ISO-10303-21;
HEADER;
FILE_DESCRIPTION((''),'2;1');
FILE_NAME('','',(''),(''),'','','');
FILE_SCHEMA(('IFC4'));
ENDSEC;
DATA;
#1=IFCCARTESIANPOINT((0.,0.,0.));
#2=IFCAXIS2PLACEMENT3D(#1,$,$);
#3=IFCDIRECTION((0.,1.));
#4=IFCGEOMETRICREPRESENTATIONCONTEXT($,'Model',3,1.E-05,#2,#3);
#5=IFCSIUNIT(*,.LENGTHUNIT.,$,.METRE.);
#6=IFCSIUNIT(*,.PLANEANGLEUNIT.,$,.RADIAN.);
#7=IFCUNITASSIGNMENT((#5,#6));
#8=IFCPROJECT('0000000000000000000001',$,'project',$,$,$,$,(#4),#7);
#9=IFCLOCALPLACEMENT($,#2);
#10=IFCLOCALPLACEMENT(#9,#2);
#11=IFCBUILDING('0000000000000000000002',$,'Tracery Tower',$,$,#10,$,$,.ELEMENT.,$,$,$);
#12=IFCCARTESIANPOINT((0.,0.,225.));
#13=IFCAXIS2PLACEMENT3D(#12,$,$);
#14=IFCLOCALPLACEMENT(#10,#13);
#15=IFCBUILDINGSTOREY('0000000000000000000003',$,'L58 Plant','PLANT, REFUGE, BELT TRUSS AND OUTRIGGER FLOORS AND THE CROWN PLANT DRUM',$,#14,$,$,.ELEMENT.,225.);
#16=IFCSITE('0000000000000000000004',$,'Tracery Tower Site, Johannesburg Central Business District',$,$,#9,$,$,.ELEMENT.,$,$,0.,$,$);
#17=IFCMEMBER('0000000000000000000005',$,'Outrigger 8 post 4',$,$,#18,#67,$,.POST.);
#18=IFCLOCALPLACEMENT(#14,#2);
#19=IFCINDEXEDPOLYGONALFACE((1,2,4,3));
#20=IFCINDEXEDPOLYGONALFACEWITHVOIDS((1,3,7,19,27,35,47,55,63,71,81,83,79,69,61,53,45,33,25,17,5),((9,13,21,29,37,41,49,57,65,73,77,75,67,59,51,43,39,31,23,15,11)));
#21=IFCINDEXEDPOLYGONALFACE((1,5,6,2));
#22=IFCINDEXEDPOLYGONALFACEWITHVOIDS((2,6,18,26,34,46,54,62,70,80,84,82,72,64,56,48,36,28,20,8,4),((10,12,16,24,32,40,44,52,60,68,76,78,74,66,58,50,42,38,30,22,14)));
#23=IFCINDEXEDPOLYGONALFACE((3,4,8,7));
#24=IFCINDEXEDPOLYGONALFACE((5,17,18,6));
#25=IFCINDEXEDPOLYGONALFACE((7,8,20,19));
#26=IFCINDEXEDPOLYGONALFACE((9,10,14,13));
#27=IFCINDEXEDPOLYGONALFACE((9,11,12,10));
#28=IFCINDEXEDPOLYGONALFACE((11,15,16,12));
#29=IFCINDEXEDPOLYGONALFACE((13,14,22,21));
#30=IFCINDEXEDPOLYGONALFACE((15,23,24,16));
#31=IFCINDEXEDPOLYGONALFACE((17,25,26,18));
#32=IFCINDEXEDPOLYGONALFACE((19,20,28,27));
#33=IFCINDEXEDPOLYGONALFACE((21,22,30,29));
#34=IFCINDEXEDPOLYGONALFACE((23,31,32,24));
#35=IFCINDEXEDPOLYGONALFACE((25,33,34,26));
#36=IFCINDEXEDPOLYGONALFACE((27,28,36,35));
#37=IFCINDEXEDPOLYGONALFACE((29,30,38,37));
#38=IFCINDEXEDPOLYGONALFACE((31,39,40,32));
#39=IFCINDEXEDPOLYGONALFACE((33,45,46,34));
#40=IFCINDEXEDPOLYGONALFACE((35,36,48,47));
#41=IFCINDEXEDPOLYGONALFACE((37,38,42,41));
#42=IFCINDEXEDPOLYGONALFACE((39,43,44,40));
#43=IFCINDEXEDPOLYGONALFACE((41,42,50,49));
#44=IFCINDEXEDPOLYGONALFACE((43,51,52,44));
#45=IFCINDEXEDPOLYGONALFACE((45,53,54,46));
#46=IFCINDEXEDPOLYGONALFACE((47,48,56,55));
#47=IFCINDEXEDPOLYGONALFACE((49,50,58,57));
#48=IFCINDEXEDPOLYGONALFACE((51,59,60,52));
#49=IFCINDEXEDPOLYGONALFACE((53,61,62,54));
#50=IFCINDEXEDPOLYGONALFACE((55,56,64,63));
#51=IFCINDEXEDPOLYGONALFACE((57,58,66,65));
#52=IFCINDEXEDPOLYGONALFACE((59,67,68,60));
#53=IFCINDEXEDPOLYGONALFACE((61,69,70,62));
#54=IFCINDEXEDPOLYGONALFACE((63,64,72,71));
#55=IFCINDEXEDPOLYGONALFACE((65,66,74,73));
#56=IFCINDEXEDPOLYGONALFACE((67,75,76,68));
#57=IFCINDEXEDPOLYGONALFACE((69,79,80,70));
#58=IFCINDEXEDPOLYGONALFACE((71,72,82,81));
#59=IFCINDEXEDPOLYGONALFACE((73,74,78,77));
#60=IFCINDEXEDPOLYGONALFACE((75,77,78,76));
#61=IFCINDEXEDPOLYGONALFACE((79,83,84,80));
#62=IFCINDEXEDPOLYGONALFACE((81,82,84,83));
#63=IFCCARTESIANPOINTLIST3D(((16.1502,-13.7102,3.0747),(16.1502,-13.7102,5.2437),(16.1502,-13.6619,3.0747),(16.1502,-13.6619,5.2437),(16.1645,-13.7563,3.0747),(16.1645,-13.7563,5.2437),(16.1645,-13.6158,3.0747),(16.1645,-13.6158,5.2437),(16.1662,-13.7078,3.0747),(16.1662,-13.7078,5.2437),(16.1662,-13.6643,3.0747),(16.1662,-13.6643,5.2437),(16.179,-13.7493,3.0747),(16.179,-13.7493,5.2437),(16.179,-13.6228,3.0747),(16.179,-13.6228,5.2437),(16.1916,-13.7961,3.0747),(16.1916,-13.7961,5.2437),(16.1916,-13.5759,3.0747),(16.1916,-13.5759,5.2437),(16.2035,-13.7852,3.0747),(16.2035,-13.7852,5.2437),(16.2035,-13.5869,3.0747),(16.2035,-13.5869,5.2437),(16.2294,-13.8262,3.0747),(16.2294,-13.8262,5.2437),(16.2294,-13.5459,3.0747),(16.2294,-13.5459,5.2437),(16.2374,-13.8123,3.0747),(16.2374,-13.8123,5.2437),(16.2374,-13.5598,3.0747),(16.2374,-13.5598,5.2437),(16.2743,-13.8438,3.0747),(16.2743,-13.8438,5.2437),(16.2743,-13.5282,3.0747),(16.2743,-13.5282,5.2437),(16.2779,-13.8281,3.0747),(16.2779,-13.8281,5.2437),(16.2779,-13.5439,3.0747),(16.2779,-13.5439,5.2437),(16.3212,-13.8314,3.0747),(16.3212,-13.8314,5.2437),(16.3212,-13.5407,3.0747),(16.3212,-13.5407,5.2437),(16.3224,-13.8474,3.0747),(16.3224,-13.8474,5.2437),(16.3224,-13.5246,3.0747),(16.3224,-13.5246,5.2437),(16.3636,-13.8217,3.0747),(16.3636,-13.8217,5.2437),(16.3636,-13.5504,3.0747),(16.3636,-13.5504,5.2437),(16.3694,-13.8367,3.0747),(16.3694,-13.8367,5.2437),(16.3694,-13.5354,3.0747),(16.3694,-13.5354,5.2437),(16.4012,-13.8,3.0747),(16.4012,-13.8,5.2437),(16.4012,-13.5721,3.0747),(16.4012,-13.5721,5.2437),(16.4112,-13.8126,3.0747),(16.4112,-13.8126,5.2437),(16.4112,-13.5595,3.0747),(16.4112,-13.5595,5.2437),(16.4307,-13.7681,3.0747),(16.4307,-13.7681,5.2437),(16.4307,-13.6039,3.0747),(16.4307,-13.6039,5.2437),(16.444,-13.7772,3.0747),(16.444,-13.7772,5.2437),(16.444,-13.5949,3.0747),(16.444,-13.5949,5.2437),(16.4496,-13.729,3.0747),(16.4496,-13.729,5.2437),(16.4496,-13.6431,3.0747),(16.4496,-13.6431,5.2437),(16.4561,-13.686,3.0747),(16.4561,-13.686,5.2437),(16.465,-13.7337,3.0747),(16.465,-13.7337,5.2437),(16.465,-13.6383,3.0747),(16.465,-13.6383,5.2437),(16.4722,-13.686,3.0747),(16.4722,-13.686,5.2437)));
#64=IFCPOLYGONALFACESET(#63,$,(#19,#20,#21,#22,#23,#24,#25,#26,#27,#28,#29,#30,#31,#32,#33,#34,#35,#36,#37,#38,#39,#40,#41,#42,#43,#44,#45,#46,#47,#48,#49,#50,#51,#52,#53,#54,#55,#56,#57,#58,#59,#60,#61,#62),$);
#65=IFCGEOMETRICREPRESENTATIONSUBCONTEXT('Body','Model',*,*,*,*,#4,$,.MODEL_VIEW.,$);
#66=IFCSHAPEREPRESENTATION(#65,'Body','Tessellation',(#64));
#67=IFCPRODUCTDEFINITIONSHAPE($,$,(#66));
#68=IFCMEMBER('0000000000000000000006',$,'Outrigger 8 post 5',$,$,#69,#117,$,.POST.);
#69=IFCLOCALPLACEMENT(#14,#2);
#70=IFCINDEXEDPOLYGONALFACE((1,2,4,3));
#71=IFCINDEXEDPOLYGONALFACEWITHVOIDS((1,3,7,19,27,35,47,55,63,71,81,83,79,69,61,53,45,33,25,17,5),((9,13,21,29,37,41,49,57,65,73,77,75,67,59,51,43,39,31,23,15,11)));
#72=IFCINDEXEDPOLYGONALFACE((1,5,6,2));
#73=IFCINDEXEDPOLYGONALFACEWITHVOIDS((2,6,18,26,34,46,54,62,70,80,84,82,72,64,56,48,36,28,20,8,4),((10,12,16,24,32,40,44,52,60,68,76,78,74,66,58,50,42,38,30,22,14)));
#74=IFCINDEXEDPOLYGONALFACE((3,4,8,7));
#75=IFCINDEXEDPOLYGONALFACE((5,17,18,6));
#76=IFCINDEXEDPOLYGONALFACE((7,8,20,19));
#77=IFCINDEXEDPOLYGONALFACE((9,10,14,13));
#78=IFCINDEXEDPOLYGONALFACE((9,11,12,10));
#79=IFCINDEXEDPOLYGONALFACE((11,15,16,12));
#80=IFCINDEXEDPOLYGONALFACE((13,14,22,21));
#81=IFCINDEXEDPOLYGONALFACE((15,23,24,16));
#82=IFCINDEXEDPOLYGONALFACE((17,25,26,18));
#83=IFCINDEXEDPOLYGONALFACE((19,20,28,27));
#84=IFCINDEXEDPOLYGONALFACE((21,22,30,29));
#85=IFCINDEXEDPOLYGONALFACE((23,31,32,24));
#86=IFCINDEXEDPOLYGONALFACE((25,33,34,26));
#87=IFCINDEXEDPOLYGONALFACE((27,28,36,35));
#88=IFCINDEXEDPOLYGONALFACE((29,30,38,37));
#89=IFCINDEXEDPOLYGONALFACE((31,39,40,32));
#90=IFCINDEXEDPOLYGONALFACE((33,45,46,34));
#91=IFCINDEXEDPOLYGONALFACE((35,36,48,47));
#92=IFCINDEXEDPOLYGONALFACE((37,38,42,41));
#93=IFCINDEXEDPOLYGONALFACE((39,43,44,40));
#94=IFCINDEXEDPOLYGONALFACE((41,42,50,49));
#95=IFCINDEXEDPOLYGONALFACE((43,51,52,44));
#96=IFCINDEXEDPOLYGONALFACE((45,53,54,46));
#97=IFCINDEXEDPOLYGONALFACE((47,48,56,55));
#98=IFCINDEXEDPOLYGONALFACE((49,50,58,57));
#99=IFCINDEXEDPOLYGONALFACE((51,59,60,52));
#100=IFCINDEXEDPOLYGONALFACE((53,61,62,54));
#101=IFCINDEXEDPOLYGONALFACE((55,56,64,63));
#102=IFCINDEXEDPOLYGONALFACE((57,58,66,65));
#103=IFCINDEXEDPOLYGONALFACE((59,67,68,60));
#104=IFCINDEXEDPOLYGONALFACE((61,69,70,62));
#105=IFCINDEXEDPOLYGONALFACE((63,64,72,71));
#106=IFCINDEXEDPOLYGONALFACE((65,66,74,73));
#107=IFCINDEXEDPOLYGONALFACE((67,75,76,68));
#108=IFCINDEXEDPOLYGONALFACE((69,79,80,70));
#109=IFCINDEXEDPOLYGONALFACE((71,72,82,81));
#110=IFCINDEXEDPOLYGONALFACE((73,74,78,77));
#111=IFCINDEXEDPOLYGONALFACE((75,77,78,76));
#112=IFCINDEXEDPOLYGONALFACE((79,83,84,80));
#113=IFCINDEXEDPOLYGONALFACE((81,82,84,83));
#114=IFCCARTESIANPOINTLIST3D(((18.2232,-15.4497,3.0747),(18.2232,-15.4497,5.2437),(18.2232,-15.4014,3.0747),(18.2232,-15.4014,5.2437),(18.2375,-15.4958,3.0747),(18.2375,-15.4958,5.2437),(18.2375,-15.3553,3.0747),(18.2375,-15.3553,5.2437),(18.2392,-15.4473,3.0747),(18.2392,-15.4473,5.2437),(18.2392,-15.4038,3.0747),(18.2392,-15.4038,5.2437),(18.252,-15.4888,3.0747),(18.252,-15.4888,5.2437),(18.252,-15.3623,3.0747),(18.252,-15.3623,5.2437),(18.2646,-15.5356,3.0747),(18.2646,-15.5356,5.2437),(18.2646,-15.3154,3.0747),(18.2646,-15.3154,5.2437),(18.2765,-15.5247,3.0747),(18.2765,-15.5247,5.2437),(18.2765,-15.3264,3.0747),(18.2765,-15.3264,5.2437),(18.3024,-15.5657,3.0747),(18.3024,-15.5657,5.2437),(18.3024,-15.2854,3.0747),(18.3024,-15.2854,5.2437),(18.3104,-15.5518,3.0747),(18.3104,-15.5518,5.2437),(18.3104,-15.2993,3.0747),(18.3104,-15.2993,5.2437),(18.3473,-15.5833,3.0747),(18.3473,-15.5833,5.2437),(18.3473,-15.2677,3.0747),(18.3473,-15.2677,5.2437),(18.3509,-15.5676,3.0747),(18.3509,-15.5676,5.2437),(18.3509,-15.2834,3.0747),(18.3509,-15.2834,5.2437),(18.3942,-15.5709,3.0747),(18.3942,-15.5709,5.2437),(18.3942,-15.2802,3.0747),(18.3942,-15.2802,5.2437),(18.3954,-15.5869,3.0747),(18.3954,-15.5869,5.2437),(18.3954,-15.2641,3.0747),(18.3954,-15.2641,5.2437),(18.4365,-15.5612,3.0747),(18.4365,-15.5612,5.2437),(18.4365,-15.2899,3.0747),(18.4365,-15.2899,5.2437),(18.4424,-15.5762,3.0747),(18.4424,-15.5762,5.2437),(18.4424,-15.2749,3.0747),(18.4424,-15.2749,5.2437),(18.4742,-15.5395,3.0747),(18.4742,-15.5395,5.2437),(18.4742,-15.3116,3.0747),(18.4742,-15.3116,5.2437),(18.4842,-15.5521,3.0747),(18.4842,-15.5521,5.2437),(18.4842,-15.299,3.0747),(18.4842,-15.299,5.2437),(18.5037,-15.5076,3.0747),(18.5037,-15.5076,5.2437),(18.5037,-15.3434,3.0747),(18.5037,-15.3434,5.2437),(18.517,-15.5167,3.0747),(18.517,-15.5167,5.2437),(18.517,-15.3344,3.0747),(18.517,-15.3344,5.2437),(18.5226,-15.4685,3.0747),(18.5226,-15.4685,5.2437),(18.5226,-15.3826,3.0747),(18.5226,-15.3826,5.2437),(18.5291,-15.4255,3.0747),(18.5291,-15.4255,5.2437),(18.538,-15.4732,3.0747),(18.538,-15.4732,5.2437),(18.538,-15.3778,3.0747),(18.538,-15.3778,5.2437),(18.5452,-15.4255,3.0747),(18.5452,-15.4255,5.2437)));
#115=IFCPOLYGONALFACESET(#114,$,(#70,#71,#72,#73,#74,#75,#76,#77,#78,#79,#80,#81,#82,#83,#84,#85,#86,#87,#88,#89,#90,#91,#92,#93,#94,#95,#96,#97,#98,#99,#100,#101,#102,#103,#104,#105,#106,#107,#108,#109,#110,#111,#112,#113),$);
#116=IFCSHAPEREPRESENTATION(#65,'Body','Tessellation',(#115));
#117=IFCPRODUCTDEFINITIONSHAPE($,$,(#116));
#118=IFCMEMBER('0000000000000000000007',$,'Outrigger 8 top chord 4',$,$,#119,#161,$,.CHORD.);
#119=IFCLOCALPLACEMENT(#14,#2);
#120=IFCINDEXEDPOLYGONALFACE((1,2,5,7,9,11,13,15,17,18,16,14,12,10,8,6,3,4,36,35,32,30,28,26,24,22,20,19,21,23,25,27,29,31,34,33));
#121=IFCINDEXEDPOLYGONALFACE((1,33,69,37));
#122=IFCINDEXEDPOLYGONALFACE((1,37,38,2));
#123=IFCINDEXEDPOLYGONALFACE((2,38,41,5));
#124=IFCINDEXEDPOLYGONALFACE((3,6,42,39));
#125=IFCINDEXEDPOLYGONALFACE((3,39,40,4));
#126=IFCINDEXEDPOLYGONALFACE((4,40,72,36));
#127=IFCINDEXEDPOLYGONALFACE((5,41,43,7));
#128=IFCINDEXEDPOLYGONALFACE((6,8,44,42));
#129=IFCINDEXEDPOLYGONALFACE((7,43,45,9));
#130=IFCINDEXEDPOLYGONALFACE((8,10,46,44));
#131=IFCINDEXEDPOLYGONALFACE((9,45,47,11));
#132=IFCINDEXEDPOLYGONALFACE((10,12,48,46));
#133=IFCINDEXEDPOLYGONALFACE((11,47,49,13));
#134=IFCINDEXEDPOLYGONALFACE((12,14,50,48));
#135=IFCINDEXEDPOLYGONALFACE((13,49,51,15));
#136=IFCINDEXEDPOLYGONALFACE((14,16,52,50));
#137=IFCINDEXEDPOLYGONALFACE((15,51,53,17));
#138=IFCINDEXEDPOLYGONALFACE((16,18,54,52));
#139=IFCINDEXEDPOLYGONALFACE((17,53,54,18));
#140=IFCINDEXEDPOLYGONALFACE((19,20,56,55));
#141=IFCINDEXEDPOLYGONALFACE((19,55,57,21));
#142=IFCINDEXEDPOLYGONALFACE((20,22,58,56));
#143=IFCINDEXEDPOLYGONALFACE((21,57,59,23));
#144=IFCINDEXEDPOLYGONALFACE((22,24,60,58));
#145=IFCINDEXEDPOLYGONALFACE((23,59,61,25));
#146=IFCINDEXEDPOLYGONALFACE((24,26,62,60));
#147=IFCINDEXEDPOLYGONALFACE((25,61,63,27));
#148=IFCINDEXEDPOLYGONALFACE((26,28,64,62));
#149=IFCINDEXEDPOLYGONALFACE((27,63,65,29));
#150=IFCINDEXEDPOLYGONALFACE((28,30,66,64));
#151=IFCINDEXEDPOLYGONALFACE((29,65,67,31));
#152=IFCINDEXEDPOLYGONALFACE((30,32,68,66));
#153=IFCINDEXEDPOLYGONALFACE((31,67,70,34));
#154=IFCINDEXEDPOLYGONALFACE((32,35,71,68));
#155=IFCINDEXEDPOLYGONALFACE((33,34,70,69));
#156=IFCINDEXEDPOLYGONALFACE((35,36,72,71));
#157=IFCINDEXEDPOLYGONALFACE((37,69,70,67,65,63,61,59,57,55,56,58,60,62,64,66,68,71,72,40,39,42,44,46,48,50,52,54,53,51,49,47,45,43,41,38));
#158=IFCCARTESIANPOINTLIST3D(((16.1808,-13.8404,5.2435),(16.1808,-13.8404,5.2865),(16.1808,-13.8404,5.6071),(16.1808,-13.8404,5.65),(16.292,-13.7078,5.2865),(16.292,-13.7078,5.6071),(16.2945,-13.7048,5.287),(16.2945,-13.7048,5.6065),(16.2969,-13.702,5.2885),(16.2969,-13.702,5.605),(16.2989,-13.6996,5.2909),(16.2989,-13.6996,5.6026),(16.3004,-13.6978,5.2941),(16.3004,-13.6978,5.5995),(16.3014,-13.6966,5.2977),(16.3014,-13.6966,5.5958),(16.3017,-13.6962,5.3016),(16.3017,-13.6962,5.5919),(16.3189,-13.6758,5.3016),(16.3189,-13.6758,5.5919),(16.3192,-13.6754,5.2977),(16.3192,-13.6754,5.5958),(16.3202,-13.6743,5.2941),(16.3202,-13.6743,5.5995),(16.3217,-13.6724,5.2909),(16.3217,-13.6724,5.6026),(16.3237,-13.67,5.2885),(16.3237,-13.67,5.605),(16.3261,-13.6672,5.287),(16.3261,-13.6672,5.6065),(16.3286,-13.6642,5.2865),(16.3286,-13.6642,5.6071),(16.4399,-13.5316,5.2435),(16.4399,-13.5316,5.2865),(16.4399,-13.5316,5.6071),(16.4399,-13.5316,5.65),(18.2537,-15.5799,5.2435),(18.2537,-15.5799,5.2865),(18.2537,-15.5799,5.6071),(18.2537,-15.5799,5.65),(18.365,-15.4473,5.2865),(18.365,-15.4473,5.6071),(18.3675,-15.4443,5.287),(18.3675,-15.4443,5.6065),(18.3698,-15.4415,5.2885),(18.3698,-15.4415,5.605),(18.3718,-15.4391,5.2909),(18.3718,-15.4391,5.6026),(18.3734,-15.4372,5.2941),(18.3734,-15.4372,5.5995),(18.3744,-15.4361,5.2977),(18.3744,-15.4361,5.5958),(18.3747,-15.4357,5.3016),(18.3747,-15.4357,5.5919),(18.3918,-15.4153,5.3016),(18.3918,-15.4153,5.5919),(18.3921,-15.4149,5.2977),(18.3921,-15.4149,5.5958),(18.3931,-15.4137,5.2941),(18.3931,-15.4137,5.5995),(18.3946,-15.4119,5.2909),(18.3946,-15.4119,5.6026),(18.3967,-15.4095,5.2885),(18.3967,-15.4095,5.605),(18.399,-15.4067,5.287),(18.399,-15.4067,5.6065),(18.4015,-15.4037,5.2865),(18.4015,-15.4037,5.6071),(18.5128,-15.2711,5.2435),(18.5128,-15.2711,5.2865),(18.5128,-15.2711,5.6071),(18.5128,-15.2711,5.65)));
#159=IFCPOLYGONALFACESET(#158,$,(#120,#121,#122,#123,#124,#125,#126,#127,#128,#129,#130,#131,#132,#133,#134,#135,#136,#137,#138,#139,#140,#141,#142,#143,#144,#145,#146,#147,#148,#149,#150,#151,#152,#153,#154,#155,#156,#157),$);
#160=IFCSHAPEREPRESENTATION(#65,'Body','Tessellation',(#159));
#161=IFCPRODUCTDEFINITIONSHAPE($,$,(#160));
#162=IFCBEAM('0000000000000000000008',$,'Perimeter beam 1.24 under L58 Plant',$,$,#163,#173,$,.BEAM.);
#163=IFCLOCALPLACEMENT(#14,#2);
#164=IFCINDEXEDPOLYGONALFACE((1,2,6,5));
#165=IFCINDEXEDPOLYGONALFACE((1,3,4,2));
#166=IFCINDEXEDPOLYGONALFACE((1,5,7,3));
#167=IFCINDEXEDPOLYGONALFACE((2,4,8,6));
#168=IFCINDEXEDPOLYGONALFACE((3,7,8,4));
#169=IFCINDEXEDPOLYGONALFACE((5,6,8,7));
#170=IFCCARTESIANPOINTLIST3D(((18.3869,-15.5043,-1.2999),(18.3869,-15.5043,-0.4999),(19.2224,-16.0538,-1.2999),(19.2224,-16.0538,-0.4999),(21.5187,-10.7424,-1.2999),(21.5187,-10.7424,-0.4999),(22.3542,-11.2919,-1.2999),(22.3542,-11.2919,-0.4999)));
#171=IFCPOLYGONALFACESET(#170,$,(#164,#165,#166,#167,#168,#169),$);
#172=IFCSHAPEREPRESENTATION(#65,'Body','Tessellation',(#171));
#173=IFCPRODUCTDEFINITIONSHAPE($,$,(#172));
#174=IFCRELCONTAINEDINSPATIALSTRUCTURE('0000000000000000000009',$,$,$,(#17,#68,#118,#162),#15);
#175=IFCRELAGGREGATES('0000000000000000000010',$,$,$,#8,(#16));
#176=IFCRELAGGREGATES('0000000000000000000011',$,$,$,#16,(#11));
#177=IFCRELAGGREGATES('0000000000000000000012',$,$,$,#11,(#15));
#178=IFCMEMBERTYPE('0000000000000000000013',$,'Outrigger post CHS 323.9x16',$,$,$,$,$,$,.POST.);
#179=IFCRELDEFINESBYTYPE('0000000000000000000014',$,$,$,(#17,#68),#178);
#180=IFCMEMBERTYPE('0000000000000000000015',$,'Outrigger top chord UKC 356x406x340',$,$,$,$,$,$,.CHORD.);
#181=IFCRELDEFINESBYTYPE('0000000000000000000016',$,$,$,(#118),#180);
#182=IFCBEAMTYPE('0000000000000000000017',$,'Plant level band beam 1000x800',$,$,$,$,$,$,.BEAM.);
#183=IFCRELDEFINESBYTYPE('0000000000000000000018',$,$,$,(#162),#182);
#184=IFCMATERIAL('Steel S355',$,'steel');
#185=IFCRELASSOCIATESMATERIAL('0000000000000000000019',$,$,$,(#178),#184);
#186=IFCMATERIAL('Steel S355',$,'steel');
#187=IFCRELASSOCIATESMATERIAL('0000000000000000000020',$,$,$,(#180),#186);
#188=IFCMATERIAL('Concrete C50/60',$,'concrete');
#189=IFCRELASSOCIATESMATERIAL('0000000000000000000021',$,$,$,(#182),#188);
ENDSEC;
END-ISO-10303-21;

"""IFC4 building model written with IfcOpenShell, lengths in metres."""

from ifc_helpers import new_model, si_unit, direction, frame, origin, origin_2d, place, context, subcontext, project, spatial, rectangle, hollow_circle, i_section, extrude, material, material_profile, profile_set, type_object, element, save


model = new_model("IFC4")

# Units and contexts
model_context = context("Model", 3, precision=1e-05, world=origin(), true_north=direction((0.0, 1.0)))
body_context = subcontext(model_context, "Body", "Model", "MODEL_VIEW")
ifc_project = project(units=[si_unit("LENGTHUNIT", "METRE"), si_unit("PLANEANGLEUNIT", "RADIAN")], contexts=[model_context])

# Site, building, storey
site_placement = place(None, origin())
site = spatial("IfcSite", under=ifc_project, at=site_placement, Name="Tracery Tower Site, Johannesburg Central Business District", CompositionType="ELEMENT", RefElevation=0.0)
building_placement = place(site_placement, origin())
building = spatial("IfcBuilding", under=site, at=building_placement, Name="Tracery Tower", CompositionType="ELEMENT")
storey_placement = place(building_placement, frame((0.0, 0.0, 225.0)))
storey = spatial("IfcBuildingStorey", under=building, at=storey_placement, Name="L58 Plant", Description="PLANT, REFUGE, BELT TRUSS AND OUTRIGGER FLOORS AND THE CROWN PLANT DRUM", CompositionType="ELEMENT", Elevation=225.0)

# Members
ifc_material_1 = material(Name="Steel S355", Category="steel")
ifc_material_profile_1 = material_profile(ifc_material_1, hollow_circle(Radius=0.1619, WallThickness=0.0161, at=origin_2d()), Name="CHS 323.9x16")
ifc_profile_set_1 = profile_set([ifc_material_profile_1], Name="Steel S355")
member_type_1 = type_object("IfcMemberType", Name="Outrigger post CHS 323.9x16", PredefinedType="POST", material=ifc_profile_set_1)
for number, where, z_axis, x_axis, name in (
    (1, (16.3103, -13.686, 3.0747), (0.0, 0.0, 1.0), (1.0, 0.0, 0.0), "Outrigger 8 post 4"),
    (2, (18.3833, -15.4255, 3.0747), (0.0, 0.0, 1.0), (1.0, 0.0, 0.0), "Outrigger 8 post 5"),
):
    element("IfcMember", number, at=place(storey_placement, frame(where, z_axis=z_axis, x_axis=x_axis)), inside=storey, type_object=member_type_1, Name=name, PredefinedType="POST", context=body_context, shape_type="SweptSolid", body=[
        extrude(hollow_circle(Radius=0.1619, WallThickness=0.0161, at=origin_2d()), origin(), (0.0, 0.0, 1.0), 2.1689),
    ])
ifc_material_2 = material(Name="Steel S355", Category="steel")
ifc_material_profile_2 = material_profile(ifc_material_2, i_section(OverallWidth=0.4031, OverallDepth=0.4065, WebThickness=0.0266, FlangeThickness=0.043, FilletRadius=0.0151, at=origin_2d()), Name="UKC 356x406x340")
ifc_profile_set_2 = profile_set([ifc_material_profile_2], Name="Steel S355")
member_type_2 = type_object("IfcMemberType", Name="Outrigger top chord UKC 356x406x340", PredefinedType="CHORD", material=ifc_profile_set_2)
member_1_placement = place(storey_placement, frame((16.3103, -13.686, 5.4468), z_axis=(0.766035, -0.642798, 0.0), x_axis=(0.642798, 0.766035, 0.0)))
element("IfcMember", 3, at=member_1_placement, inside=storey, type_object=member_type_2, Name="Outrigger 8 top chord 4", PredefinedType="CHORD", context=body_context, shape_type="SweptSolid", body=[
    extrude(i_section(OverallWidth=0.4031, OverallDepth=0.4065, WebThickness=0.0266, FlangeThickness=0.043, FilletRadius=0.0151, at=origin_2d()), origin(), (0.0, 0.0, 1.0), 2.7061),
])

# Beam
ifc_material_3 = material(Name="Concrete C50/60", Category="concrete")
ifc_material_profile_3 = material_profile(ifc_material_3, rectangle(XDim=1.0, YDim=0.8, at=origin_2d()), Name="RC 1000x800")
ifc_profile_set_3 = profile_set([ifc_material_profile_3], Name="Concrete C50/60")
beam_type = type_object("IfcBeamType", Name="Plant level band beam 1000x800", PredefinedType="BEAM", material=ifc_profile_set_3)
beam_placement = place(storey_placement, frame((18.8047, -15.7791, -0.8999), z_axis=(0.54949, 0.8355, 0.0), x_axis=(-0.8355, 0.54949, 0.0)))
element("IfcBeam", 4, at=beam_placement, inside=storey, type_object=beam_type, Name="Perimeter beam 1.24 under L58 Plant", PredefinedType="BEAM", context=body_context, shape_type="SweptSolid", body=[
    extrude(rectangle(XDim=1.0, YDim=0.8, at=origin_2d()), origin(), (0.0, 0.0, 1.0), 5.6995),
])

save(model, "model.ifc")
